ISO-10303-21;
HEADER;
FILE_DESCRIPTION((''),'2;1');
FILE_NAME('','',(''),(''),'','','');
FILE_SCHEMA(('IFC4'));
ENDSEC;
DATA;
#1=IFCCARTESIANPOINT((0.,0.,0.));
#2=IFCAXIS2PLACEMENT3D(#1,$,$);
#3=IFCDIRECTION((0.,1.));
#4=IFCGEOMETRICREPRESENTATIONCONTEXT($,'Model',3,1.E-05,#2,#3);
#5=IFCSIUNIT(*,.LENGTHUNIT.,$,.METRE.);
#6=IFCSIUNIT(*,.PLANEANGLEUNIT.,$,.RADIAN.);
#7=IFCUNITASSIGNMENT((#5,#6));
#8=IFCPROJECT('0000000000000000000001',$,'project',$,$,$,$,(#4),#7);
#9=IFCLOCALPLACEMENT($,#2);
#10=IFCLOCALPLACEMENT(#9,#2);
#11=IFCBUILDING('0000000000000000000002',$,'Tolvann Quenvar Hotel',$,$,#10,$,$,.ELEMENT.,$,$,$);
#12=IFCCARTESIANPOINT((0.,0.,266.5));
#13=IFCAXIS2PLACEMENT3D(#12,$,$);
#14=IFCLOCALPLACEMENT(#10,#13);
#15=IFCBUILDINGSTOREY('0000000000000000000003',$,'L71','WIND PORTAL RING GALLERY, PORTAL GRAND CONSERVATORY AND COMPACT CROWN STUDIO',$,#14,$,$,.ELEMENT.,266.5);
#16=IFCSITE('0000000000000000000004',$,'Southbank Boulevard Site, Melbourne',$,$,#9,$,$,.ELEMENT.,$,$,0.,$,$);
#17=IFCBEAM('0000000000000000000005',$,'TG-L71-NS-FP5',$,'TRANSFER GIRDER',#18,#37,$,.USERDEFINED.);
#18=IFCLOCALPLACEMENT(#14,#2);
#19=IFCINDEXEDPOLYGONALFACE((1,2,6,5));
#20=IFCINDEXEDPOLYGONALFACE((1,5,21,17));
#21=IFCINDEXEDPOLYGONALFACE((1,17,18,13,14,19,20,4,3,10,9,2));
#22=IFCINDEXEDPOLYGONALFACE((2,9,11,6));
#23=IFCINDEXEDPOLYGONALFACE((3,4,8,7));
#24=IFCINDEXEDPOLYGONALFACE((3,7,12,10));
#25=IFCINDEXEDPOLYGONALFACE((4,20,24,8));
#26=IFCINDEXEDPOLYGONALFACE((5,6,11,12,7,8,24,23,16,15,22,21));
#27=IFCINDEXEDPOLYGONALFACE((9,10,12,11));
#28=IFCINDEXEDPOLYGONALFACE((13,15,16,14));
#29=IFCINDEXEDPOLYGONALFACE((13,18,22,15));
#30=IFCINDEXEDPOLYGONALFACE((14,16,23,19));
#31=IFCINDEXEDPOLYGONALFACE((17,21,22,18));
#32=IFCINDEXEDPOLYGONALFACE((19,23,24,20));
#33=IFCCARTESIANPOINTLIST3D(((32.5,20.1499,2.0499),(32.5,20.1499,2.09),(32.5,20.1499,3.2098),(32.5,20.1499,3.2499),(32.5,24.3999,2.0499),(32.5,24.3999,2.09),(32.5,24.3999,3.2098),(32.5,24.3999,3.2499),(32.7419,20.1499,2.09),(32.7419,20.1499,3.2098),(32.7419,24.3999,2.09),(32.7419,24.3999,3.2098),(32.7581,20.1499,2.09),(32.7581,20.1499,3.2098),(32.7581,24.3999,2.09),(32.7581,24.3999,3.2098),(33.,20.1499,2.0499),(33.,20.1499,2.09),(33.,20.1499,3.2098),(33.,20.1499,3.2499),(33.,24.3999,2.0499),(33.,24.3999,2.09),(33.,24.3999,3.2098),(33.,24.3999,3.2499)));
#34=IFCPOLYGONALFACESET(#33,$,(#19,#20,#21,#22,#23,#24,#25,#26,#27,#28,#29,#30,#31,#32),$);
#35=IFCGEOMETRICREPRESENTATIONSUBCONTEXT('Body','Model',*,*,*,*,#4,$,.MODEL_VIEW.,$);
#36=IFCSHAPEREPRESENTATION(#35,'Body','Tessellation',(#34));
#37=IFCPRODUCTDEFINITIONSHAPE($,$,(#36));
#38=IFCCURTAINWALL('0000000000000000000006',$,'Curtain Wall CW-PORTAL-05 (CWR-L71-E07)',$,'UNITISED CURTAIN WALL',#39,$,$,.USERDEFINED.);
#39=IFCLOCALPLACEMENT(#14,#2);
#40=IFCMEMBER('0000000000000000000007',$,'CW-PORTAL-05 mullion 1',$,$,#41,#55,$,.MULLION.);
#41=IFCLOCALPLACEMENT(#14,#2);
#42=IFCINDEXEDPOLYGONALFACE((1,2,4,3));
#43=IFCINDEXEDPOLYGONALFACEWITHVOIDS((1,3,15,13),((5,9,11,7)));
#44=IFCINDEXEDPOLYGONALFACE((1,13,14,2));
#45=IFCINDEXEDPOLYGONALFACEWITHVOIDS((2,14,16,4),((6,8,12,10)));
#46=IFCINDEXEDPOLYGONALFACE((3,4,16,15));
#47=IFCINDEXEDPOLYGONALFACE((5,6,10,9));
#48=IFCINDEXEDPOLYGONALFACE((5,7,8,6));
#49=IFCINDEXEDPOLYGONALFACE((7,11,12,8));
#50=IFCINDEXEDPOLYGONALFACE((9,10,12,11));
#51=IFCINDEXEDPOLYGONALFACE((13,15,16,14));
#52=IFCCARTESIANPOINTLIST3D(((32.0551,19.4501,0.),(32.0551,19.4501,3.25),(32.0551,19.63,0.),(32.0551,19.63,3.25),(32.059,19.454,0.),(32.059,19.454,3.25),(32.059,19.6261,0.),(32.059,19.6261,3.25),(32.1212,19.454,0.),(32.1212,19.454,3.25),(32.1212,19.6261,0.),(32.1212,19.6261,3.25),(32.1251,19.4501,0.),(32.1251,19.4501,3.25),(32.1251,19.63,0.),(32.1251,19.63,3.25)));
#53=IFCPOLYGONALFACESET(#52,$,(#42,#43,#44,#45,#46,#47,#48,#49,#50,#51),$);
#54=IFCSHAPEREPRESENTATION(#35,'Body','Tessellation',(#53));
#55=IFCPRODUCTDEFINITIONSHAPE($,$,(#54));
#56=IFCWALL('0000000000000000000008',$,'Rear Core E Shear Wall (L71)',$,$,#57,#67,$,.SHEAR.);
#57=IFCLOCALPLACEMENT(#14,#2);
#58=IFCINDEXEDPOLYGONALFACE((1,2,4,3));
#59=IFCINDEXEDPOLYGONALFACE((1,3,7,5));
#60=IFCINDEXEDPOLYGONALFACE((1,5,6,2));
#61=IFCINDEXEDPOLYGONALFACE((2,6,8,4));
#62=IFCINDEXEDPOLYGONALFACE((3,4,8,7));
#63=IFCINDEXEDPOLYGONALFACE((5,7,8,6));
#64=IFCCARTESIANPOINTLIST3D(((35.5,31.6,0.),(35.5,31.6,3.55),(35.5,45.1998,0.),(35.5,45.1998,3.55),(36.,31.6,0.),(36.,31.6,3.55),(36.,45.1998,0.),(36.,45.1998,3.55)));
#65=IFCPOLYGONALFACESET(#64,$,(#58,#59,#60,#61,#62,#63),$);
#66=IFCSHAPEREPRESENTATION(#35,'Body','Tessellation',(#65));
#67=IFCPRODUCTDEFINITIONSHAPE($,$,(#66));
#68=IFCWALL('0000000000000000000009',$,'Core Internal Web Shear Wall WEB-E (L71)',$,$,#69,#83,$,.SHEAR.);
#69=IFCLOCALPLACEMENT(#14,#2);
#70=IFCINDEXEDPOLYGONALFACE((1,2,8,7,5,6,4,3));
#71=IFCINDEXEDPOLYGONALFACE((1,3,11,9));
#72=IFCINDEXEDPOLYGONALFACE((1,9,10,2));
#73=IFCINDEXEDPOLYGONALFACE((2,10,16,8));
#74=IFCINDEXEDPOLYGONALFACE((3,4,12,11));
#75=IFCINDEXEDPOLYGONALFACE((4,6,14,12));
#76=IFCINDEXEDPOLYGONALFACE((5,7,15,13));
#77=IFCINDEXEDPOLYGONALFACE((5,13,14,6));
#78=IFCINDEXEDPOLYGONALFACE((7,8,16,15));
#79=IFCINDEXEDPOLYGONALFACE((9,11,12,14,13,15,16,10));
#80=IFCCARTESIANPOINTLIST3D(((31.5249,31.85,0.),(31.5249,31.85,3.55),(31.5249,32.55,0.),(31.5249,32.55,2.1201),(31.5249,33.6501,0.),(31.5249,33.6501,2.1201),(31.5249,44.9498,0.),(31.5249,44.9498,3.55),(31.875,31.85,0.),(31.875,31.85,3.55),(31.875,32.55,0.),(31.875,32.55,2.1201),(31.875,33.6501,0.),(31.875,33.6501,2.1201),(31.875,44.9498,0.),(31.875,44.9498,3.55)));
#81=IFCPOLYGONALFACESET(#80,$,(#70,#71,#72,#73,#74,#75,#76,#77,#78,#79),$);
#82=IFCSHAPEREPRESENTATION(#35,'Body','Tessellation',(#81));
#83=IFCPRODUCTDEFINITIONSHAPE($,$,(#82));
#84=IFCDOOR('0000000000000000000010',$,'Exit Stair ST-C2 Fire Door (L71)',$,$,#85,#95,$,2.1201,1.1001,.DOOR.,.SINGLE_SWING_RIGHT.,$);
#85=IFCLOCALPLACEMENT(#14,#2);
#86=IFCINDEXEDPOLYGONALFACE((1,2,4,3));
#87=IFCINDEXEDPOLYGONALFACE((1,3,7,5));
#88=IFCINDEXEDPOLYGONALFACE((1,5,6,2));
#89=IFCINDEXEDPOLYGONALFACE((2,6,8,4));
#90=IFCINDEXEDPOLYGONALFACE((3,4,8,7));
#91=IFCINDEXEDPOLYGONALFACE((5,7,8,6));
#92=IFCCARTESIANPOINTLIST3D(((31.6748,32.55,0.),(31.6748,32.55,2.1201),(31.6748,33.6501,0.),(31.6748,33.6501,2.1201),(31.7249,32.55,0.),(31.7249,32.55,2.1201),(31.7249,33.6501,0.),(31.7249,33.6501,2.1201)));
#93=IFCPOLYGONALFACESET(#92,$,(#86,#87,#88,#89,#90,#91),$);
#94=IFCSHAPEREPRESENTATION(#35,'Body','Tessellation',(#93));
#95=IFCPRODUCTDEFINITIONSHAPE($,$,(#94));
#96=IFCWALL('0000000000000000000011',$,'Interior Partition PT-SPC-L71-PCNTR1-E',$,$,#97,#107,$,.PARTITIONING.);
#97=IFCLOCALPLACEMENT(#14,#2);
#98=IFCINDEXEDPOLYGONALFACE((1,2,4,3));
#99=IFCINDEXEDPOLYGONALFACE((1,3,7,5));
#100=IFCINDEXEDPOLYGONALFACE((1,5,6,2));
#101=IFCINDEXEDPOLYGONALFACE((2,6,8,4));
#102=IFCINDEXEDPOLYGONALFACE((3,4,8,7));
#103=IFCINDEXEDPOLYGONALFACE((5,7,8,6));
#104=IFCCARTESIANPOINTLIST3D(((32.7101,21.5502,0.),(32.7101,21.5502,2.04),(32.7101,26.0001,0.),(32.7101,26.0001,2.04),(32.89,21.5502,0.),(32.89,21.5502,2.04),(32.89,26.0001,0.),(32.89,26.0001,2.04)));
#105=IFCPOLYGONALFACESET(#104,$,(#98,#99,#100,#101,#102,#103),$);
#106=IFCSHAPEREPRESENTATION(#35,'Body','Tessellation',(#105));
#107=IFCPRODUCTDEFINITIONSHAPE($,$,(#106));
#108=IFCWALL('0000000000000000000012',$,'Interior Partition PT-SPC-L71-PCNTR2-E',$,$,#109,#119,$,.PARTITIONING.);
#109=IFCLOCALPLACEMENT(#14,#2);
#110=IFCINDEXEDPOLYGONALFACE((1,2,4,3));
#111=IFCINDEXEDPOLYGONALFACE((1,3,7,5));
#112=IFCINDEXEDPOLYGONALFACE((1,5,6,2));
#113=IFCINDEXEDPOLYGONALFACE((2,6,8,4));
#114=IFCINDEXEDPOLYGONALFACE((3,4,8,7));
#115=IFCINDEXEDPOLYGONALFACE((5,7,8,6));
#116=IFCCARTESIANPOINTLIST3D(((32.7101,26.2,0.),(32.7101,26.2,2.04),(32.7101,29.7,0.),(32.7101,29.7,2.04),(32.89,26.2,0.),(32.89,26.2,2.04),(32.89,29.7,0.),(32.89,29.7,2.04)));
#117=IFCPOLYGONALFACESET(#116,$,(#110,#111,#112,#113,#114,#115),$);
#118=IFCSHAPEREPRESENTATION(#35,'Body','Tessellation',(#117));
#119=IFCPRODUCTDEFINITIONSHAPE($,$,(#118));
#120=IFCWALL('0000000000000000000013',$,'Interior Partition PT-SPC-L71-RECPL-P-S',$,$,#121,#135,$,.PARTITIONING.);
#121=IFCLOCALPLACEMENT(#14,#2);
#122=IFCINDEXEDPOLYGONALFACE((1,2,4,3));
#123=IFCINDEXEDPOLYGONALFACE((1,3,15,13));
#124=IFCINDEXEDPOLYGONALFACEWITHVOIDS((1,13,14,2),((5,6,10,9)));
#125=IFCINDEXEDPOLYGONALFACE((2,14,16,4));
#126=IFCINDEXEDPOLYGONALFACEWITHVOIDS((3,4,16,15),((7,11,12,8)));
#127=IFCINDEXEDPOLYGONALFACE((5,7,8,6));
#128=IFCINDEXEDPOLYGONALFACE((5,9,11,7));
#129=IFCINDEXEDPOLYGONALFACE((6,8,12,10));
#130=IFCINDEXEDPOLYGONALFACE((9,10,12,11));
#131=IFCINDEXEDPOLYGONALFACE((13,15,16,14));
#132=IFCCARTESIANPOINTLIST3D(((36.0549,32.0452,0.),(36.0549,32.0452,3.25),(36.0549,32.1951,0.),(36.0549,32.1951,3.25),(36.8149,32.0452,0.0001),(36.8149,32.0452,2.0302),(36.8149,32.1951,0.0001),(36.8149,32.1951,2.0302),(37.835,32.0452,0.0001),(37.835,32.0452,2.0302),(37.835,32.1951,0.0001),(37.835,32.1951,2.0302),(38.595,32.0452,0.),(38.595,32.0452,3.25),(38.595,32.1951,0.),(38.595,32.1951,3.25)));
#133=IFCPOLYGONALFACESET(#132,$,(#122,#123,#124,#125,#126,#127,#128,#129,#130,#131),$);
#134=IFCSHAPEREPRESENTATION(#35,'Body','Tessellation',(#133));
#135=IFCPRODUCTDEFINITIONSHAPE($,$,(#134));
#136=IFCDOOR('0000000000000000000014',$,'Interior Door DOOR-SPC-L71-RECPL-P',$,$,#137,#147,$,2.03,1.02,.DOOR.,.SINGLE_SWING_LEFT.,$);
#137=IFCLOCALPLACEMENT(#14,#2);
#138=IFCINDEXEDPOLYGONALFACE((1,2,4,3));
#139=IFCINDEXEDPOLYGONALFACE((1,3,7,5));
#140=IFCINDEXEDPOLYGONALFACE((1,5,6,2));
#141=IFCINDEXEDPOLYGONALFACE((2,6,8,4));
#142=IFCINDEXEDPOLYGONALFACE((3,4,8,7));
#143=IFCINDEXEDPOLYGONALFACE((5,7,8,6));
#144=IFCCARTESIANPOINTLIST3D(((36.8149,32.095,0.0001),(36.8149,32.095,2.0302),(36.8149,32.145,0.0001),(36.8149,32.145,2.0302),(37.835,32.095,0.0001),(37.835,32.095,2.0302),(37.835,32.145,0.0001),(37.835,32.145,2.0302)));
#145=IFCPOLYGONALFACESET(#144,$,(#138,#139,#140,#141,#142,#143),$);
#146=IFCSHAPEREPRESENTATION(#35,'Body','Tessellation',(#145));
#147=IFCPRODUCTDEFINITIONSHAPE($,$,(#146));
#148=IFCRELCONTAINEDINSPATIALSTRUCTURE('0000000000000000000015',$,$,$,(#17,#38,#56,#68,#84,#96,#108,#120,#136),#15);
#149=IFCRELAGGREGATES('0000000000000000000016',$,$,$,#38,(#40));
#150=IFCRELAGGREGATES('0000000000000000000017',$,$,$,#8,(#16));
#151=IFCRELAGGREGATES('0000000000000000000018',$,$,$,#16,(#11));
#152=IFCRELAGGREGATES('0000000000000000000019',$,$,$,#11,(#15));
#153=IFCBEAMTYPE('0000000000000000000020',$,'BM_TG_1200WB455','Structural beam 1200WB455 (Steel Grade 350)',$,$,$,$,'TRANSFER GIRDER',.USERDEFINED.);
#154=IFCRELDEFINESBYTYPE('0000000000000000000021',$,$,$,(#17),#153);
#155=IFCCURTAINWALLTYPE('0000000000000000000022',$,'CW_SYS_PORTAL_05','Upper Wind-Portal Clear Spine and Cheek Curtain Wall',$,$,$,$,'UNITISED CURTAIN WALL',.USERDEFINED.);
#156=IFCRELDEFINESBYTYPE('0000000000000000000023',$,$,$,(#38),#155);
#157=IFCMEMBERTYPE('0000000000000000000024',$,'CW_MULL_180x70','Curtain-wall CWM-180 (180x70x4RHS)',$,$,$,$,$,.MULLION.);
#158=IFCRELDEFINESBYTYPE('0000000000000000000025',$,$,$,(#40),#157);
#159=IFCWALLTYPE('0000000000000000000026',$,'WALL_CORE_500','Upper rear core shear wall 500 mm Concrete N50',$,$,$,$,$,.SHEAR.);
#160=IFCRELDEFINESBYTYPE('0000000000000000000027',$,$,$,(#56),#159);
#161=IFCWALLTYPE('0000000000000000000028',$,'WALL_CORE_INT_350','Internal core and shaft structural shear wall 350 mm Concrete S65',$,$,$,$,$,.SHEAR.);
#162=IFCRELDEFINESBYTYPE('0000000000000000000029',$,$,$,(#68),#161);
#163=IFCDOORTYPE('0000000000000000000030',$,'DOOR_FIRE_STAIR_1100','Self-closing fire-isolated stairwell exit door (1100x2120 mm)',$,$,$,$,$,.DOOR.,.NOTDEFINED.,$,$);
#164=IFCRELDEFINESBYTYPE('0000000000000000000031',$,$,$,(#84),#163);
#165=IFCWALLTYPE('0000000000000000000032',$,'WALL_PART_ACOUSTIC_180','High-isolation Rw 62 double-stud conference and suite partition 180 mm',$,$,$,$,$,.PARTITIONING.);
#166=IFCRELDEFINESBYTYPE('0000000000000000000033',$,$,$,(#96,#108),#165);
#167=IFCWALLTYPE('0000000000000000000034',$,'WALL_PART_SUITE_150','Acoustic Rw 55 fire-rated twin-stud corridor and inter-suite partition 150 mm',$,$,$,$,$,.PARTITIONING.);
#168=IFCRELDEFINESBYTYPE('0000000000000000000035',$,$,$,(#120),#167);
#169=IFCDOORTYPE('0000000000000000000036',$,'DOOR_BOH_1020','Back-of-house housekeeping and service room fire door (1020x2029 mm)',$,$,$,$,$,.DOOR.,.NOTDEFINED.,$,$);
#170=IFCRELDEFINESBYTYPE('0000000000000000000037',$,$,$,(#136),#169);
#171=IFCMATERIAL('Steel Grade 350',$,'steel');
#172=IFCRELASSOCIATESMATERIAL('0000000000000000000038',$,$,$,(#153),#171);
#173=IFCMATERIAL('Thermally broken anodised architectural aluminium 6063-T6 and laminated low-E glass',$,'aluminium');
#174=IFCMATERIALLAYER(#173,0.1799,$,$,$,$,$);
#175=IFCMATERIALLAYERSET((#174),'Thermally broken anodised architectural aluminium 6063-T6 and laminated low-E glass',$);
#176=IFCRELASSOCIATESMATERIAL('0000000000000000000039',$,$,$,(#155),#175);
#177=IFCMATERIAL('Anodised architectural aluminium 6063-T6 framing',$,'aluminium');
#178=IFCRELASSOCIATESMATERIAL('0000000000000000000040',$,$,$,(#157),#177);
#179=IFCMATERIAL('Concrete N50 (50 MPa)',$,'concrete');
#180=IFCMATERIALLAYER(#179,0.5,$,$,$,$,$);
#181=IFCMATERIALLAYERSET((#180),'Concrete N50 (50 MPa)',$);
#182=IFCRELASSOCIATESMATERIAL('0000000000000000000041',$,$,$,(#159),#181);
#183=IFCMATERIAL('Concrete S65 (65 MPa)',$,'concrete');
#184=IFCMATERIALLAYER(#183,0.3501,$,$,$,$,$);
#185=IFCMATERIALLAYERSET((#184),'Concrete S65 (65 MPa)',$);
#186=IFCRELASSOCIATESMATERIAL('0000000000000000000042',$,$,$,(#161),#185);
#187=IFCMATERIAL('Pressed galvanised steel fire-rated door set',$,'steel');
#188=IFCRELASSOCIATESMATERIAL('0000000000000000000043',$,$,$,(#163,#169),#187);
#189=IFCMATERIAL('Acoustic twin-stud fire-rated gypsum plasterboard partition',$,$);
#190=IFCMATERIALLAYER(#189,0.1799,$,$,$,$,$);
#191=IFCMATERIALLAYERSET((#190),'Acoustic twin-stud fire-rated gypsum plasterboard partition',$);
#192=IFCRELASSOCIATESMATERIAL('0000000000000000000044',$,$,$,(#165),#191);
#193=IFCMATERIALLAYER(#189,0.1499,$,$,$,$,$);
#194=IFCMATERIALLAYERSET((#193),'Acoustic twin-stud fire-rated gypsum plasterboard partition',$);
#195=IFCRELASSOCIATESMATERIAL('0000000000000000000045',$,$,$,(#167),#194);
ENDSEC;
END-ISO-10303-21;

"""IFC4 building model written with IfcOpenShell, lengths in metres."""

from ifc_helpers import new_model, si_unit, direction, frame, frame_2d, origin, origin_2d, place, context, subcontext, project, spatial, rectangle, hollow_rectangle, i_section, extrude, source, transform, mapped, material, layer, layer_set, material_profile, profile_set, type_object, type_shapes, element, fill, aggregate, save


model = new_model("IFC4")

# Units and contexts
model_context = context("Model", 3, precision=1e-05, world=origin(), true_north=direction((0.0, 1.0)))
body_context = subcontext(model_context, "Body", "Model", "MODEL_VIEW")
ifc_project = project(units=[si_unit("LENGTHUNIT", "METRE"), si_unit("PLANEANGLEUNIT", "RADIAN")], contexts=[model_context])

# Site, building, storey
site_placement = place(None, origin())
site = spatial("IfcSite", under=ifc_project, at=site_placement, Name="Southbank Boulevard Site, Melbourne", CompositionType="ELEMENT", RefElevation=0.0)
building_placement = place(site_placement, origin())
building = spatial("IfcBuilding", under=site, at=building_placement, Name="Tolvann Quenvar Hotel", CompositionType="ELEMENT")
storey_placement = place(building_placement, frame((0.0, 0.0, 266.5)))
storey = spatial("IfcBuildingStorey", under=building, at=storey_placement, Name="L71", Description="WIND PORTAL RING GALLERY, PORTAL GRAND CONSERVATORY AND COMPACT CROWN STUDIO", CompositionType="ELEMENT", Elevation=266.5)

# Shared definitions
ifc_material_1 = material(Name="Steel Grade 350", Category="steel")

# Beam
ifc_material_profile_1 = material_profile(ifc_material_1, i_section(OverallWidth=0.5, OverallDepth=1.2, WebThickness=0.0161, FlangeThickness=0.04, at=origin_2d()), Name="1200WB455")
ifc_profile_set_1 = profile_set([ifc_material_profile_1], Name="Steel Grade 350")
beam_type_1 = type_object("IfcBeamType", Name="BM_TG_1200WB455", Description="Structural beam 1200WB455 (Steel Grade 350)", ElementType="TRANSFER GIRDER", PredefinedType="USERDEFINED", material=ifc_profile_set_1)
shared_shape_1 = source(origin(), body_context, "Body", "SweptSolid", [
    extrude(i_section(OverallWidth=0.5, OverallDepth=1.2, WebThickness=0.0161, FlangeThickness=0.04, at=origin_2d()), origin(), (0.0, 0.0, 1.0), 4.25),
])
beam_1_placement = place(storey_placement, frame((32.75, 20.1499, 2.6499), z_axis=(0.0, 1.0, 0.0), x_axis=(-1.0, 0.0, 0.0)))
element("IfcBeam", 1, at=beam_1_placement, inside=storey, type_object=beam_type_1, Name="TG-L71-NS-FP5", ObjectType="TRANSFER GIRDER", PredefinedType="USERDEFINED", context=body_context, shape_type="MappedRepresentation", body=[
    mapped(shared_shape_1, transform((0.0, 0.0, 0.0), x_axis=(1.0, 0.0, 0.0), y_axis=(0.0, 1.0, 0.0), z_axis=(0.0, 0.0, 1.0), scale=1.0)),
])

# Curtain wall, member
ifc_material_2 = material(Name="Thermally broken anodised architectural aluminium 6063-T6 and laminated low-E glass", Category="aluminium")
ifc_layer_1 = layer(ifc_material_2, 0.1799)
ifc_layer_set_1 = layer_set([ifc_layer_1], Name="Thermally broken anodised architectural aluminium 6063-T6 and laminated low-E glass")
curtain_wall_type = type_object("IfcCurtainWallType", Name="CW_SYS_PORTAL_05", Description="Upper Wind-Portal Clear Spine and Cheek Curtain Wall", ElementType="UNITISED CURTAIN WALL", PredefinedType="USERDEFINED", material=ifc_layer_set_1)
curtain_wall_placement = place(storey_placement, origin())
curtain_wall = element("IfcCurtainWall", 2, at=curtain_wall_placement, inside=storey, type_object=curtain_wall_type, Name="Curtain Wall CW-PORTAL-05 (CWR-L71-E07)", ObjectType="UNITISED CURTAIN WALL", PredefinedType="USERDEFINED")
ifc_material_3 = material(Name="Anodised architectural aluminium 6063-T6 framing", Category="aluminium")
ifc_material_profile_2 = material_profile(ifc_material_3, hollow_rectangle(XDim=0.0701, YDim=0.1799, WallThickness=0.0039, at=origin_2d()), Name="180x70x4RHS")
ifc_profile_set_2 = profile_set([ifc_material_profile_2], Name="Anodised architectural aluminium 6063-T6 framing")
member_type = type_object("IfcMemberType", Name="CW_MULL_180x70", Description="Curtain-wall CWM-180 (180x70x4RHS)", PredefinedType="MULLION", material=ifc_profile_set_2)
shared_shape_2 = source(origin(), body_context, "Body", "SweptSolid", [
    extrude(hollow_rectangle(XDim=0.0701, YDim=0.1799, WallThickness=0.0039, at=origin_2d()), origin(), (0.0, 0.0, 1.0), 3.25),
])
type_shapes(member_type, [shared_shape_2])
member_placement = place(storey_placement, frame((32.0901, 19.54, 0.0), z_axis=(0.0, 0.0, 1.0), x_axis=(1.0, 0.0, 0.0)))
member = element("IfcMember", 3, at=member_placement, type_object=member_type, Name="CW-PORTAL-05 mullion 1", PredefinedType="MULLION", context=body_context, shape_type="MappedRepresentation", body=[
    mapped(shared_shape_2, transform((0.0, 0.0, 0.0), x_axis=(1.0, 0.0, 0.0), y_axis=(0.0, 1.0, 0.0), z_axis=(0.0, 0.0, 1.0), scale=1.0)),
])
aggregate(curtain_wall, [member])

# Wall
ifc_material_4 = material(Name="Concrete N50 (50 MPa)", Category="concrete")
ifc_layer_2 = layer(ifc_material_4, 0.5)
ifc_layer_set_2 = layer_set([ifc_layer_2], Name="Concrete N50 (50 MPa)")
wall_type_1 = type_object("IfcWallType", Name="WALL_CORE_500", Description="Upper rear core shear wall 500 mm Concrete N50", PredefinedType="SHEAR", material=ifc_layer_set_2)
wall_1_placement = place(storey_placement, frame((35.75, 31.6001, 0.0), z_axis=(0.0, 0.0, 1.0), x_axis=(0.0, 1.0, 0.0)))
element("IfcWall", 4, at=wall_1_placement, inside=storey, type_object=wall_type_1, Name="Rear Core E Shear Wall (L71)", PredefinedType="SHEAR", context=body_context, shape_type="SweptSolid", body=[
    extrude(rectangle(XDim=13.5999, YDim=0.5, at=frame_2d((6.7998, 0.0))), origin(), (0.0, 0.0, 1.0), 3.55),
])

# Wall, opening, door
ifc_material_5 = material(Name="Concrete S65 (65 MPa)", Category="concrete")
ifc_layer_3 = layer(ifc_material_5, 0.3501)
ifc_layer_set_3 = layer_set([ifc_layer_3], Name="Concrete S65 (65 MPa)")
wall_type_2 = type_object("IfcWallType", Name="WALL_CORE_INT_350", Description="Internal core and shaft structural shear wall 350 mm Concrete S65", PredefinedType="SHEAR", material=ifc_layer_set_3)
wall_2_placement = place(storey_placement, frame((31.7, 31.8501, 0.0), z_axis=(0.0, 0.0, 1.0), x_axis=(0.0, 1.0, 0.0)))
wall_2 = element("IfcWall", 5, at=wall_2_placement, inside=storey, type_object=wall_type_2, Name="Core Internal Web Shear Wall WEB-E (L71)", PredefinedType="SHEAR", context=body_context, shape_type="SweptSolid", body=[
    extrude(rectangle(XDim=13.0999, YDim=0.3501, at=frame_2d((6.5498, 0.0))), origin(), (0.0, 0.0, 1.0), 3.55),
])
opening_1_placement = place(wall_2_placement, frame((1.8, 0.0, 0.0), z_axis=(0.0, 0.0, 1.0), x_axis=(-1.0, 0.0, 0.0)))
opening_1 = element("IfcOpeningElement", 6, at=opening_1_placement, cuts=wall_2, PredefinedType="OPENING", context=body_context, shape_type="SweptSolid", body=[
    extrude(rectangle(XDim=1.1001, YDim=2.1201, at=frame_2d((0.55, 1.0601))), frame((0.0, 0.1851, 0.0), z_axis=(0.0, -1.0, 0.0), x_axis=(1.0, 0.0, 0.0)), (0.0, 0.0, 1.0), 0.3701),
])
ifc_material_6 = material(Name="Pressed galvanised steel fire-rated door set", Category="steel")
door_type_1 = type_object("IfcDoorType", Name="DOOR_FIRE_STAIR_1100", Description="Self-closing fire-isolated stairwell exit door (1100x2120 mm)", OperationType="NOTDEFINED", PredefinedType="DOOR", material=ifc_material_6)
shared_shape_3 = source(origin(), body_context, "Body", "SweptSolid", [
    extrude(rectangle(XDim=1.1001, YDim=2.1201, at=frame_2d((0.55, 1.0601))), frame((0.0, 0.0249, 0.0), z_axis=(0.0, -1.0, 0.0), x_axis=(1.0, 0.0, 0.0)), (0.0, 0.0, 1.0), 0.05),
])
type_shapes(door_type_1, [shared_shape_3])
door_1_placement = place(opening_1_placement, origin())
door_1 = element("IfcDoor", 7, at=door_1_placement, inside=storey, type_object=door_type_1, Name="Exit Stair ST-C2 Fire Door (L71)", OperationType="SINGLE_SWING_RIGHT", OverallHeight=2.1201, OverallWidth=1.1001, PredefinedType="DOOR", context=body_context, shape_type="MappedRepresentation", body=[
    mapped(shared_shape_3, transform((0.0, 0.0, 0.0), x_axis=(1.0, 0.0, 0.0), y_axis=(0.0, 1.0, 0.0), z_axis=(0.0, 0.0, 1.0), scale=1.0)),
])
fill(opening_1, door_1)

# Walls
ifc_material_7 = material(Name="Acoustic twin-stud fire-rated gypsum plasterboard partition")
ifc_layer_4 = layer(ifc_material_7, 0.1799)
ifc_layer_set_4 = layer_set([ifc_layer_4], Name="Acoustic twin-stud fire-rated gypsum plasterboard partition")
wall_type_3 = type_object("IfcWallType", Name="WALL_PART_ACOUSTIC_180", Description="High-isolation Rw 62 double-stud conference and suite partition 180 mm", PredefinedType="PARTITIONING", material=ifc_layer_set_4)
wall_3_placement = place(storey_placement, frame((32.8, 21.55, 0.0), z_axis=(0.0, 0.0, 1.0), x_axis=(0.0, 1.0, 0.0)))
element("IfcWall", 8, at=wall_3_placement, inside=storey, type_object=wall_type_3, Name="Interior Partition PT-SPC-L71-PCNTR1-E", PredefinedType="PARTITIONING", context=body_context, shape_type="SweptSolid", body=[
    extrude(rectangle(XDim=4.45, YDim=0.1799, at=frame_2d((2.2251, 0.0))), origin(), (0.0, 0.0, 1.0), 2.04),
])
wall_4_placement = place(storey_placement, frame((32.8, 26.2, 0.0), z_axis=(0.0, 0.0, 1.0), x_axis=(0.0, 1.0, 0.0)))
element("IfcWall", 9, at=wall_4_placement, inside=storey, type_object=wall_type_3, Name="Interior Partition PT-SPC-L71-PCNTR2-E", PredefinedType="PARTITIONING", context=body_context, shape_type="SweptSolid", body=[
    extrude(rectangle(XDim=3.5, YDim=0.1799, at=frame_2d((1.75, 0.0))), origin(), (0.0, 0.0, 1.0), 2.04),
])

# Wall, opening, door
ifc_layer_5 = layer(ifc_material_7, 0.1499)
ifc_layer_set_5 = layer_set([ifc_layer_5], Name="Acoustic twin-stud fire-rated gypsum plasterboard partition")
wall_type_4 = type_object("IfcWallType", Name="WALL_PART_SUITE_150", Description="Acoustic Rw 55 fire-rated twin-stud corridor and inter-suite partition 150 mm", PredefinedType="PARTITIONING", material=ifc_layer_set_5)
wall_5_placement = place(storey_placement, frame((36.0549, 32.1201, 0.0), z_axis=(0.0, 0.0, 1.0), x_axis=(1.0, 0.0, 0.0)))
wall_5 = element("IfcWall", 10, at=wall_5_placement, inside=storey, type_object=wall_type_4, Name="Interior Partition PT-SPC-L71-RECPL-P-S", PredefinedType="PARTITIONING", context=body_context, shape_type="SweptSolid", body=[
    extrude(rectangle(XDim=2.54, YDim=0.1499, at=frame_2d((1.27, 0.0))), origin(), (0.0, 0.0, 1.0), 3.25),
])
opening_2_placement = place(wall_5_placement, frame((0.76, 0.0, 0.0)))
opening_2 = element("IfcOpeningElement", 11, at=opening_2_placement, cuts=wall_5, PredefinedType="OPENING", context=body_context, shape_type="SweptSolid", body=[
    extrude(rectangle(XDim=1.02, YDim=2.03, at=frame_2d((0.51, 1.0151))), frame((0.0, 0.085, 0.0), z_axis=(0.0, -1.0, 0.0), x_axis=(1.0, 0.0, 0.0)), (0.0, 0.0, 1.0), 0.1699),
])
door_type_2 = type_object("IfcDoorType", Name="DOOR_BOH_1020", Description="Back-of-house housekeeping and service room fire door (1020x2029 mm)", OperationType="NOTDEFINED", PredefinedType="DOOR", material=ifc_material_6)
shared_shape_4 = source(origin(), body_context, "Body", "SweptSolid", [
    extrude(rectangle(XDim=1.02, YDim=2.03, at=frame_2d((0.51, 1.0151))), frame((0.0, 0.0249, 0.0), z_axis=(0.0, -1.0, 0.0), x_axis=(1.0, 0.0, 0.0)), (0.0, 0.0, 1.0), 0.05),
])
type_shapes(door_type_2, [shared_shape_4])
door_2_placement = place(opening_2_placement, origin())
door_2 = element("IfcDoor", 12, at=door_2_placement, inside=storey, type_object=door_type_2, Name="Interior Door DOOR-SPC-L71-RECPL-P", OperationType="SINGLE_SWING_LEFT", OverallHeight=2.03, OverallWidth=1.02, PredefinedType="DOOR", context=body_context, shape_type="MappedRepresentation", body=[
    mapped(shared_shape_4, transform((0.0, 0.0, 0.0), x_axis=(1.0, 0.0, 0.0), y_axis=(0.0, 1.0, 0.0), z_axis=(0.0, 0.0, 1.0), scale=1.0)),
])
fill(opening_2, door_2)

save(model, "model.ifc")
